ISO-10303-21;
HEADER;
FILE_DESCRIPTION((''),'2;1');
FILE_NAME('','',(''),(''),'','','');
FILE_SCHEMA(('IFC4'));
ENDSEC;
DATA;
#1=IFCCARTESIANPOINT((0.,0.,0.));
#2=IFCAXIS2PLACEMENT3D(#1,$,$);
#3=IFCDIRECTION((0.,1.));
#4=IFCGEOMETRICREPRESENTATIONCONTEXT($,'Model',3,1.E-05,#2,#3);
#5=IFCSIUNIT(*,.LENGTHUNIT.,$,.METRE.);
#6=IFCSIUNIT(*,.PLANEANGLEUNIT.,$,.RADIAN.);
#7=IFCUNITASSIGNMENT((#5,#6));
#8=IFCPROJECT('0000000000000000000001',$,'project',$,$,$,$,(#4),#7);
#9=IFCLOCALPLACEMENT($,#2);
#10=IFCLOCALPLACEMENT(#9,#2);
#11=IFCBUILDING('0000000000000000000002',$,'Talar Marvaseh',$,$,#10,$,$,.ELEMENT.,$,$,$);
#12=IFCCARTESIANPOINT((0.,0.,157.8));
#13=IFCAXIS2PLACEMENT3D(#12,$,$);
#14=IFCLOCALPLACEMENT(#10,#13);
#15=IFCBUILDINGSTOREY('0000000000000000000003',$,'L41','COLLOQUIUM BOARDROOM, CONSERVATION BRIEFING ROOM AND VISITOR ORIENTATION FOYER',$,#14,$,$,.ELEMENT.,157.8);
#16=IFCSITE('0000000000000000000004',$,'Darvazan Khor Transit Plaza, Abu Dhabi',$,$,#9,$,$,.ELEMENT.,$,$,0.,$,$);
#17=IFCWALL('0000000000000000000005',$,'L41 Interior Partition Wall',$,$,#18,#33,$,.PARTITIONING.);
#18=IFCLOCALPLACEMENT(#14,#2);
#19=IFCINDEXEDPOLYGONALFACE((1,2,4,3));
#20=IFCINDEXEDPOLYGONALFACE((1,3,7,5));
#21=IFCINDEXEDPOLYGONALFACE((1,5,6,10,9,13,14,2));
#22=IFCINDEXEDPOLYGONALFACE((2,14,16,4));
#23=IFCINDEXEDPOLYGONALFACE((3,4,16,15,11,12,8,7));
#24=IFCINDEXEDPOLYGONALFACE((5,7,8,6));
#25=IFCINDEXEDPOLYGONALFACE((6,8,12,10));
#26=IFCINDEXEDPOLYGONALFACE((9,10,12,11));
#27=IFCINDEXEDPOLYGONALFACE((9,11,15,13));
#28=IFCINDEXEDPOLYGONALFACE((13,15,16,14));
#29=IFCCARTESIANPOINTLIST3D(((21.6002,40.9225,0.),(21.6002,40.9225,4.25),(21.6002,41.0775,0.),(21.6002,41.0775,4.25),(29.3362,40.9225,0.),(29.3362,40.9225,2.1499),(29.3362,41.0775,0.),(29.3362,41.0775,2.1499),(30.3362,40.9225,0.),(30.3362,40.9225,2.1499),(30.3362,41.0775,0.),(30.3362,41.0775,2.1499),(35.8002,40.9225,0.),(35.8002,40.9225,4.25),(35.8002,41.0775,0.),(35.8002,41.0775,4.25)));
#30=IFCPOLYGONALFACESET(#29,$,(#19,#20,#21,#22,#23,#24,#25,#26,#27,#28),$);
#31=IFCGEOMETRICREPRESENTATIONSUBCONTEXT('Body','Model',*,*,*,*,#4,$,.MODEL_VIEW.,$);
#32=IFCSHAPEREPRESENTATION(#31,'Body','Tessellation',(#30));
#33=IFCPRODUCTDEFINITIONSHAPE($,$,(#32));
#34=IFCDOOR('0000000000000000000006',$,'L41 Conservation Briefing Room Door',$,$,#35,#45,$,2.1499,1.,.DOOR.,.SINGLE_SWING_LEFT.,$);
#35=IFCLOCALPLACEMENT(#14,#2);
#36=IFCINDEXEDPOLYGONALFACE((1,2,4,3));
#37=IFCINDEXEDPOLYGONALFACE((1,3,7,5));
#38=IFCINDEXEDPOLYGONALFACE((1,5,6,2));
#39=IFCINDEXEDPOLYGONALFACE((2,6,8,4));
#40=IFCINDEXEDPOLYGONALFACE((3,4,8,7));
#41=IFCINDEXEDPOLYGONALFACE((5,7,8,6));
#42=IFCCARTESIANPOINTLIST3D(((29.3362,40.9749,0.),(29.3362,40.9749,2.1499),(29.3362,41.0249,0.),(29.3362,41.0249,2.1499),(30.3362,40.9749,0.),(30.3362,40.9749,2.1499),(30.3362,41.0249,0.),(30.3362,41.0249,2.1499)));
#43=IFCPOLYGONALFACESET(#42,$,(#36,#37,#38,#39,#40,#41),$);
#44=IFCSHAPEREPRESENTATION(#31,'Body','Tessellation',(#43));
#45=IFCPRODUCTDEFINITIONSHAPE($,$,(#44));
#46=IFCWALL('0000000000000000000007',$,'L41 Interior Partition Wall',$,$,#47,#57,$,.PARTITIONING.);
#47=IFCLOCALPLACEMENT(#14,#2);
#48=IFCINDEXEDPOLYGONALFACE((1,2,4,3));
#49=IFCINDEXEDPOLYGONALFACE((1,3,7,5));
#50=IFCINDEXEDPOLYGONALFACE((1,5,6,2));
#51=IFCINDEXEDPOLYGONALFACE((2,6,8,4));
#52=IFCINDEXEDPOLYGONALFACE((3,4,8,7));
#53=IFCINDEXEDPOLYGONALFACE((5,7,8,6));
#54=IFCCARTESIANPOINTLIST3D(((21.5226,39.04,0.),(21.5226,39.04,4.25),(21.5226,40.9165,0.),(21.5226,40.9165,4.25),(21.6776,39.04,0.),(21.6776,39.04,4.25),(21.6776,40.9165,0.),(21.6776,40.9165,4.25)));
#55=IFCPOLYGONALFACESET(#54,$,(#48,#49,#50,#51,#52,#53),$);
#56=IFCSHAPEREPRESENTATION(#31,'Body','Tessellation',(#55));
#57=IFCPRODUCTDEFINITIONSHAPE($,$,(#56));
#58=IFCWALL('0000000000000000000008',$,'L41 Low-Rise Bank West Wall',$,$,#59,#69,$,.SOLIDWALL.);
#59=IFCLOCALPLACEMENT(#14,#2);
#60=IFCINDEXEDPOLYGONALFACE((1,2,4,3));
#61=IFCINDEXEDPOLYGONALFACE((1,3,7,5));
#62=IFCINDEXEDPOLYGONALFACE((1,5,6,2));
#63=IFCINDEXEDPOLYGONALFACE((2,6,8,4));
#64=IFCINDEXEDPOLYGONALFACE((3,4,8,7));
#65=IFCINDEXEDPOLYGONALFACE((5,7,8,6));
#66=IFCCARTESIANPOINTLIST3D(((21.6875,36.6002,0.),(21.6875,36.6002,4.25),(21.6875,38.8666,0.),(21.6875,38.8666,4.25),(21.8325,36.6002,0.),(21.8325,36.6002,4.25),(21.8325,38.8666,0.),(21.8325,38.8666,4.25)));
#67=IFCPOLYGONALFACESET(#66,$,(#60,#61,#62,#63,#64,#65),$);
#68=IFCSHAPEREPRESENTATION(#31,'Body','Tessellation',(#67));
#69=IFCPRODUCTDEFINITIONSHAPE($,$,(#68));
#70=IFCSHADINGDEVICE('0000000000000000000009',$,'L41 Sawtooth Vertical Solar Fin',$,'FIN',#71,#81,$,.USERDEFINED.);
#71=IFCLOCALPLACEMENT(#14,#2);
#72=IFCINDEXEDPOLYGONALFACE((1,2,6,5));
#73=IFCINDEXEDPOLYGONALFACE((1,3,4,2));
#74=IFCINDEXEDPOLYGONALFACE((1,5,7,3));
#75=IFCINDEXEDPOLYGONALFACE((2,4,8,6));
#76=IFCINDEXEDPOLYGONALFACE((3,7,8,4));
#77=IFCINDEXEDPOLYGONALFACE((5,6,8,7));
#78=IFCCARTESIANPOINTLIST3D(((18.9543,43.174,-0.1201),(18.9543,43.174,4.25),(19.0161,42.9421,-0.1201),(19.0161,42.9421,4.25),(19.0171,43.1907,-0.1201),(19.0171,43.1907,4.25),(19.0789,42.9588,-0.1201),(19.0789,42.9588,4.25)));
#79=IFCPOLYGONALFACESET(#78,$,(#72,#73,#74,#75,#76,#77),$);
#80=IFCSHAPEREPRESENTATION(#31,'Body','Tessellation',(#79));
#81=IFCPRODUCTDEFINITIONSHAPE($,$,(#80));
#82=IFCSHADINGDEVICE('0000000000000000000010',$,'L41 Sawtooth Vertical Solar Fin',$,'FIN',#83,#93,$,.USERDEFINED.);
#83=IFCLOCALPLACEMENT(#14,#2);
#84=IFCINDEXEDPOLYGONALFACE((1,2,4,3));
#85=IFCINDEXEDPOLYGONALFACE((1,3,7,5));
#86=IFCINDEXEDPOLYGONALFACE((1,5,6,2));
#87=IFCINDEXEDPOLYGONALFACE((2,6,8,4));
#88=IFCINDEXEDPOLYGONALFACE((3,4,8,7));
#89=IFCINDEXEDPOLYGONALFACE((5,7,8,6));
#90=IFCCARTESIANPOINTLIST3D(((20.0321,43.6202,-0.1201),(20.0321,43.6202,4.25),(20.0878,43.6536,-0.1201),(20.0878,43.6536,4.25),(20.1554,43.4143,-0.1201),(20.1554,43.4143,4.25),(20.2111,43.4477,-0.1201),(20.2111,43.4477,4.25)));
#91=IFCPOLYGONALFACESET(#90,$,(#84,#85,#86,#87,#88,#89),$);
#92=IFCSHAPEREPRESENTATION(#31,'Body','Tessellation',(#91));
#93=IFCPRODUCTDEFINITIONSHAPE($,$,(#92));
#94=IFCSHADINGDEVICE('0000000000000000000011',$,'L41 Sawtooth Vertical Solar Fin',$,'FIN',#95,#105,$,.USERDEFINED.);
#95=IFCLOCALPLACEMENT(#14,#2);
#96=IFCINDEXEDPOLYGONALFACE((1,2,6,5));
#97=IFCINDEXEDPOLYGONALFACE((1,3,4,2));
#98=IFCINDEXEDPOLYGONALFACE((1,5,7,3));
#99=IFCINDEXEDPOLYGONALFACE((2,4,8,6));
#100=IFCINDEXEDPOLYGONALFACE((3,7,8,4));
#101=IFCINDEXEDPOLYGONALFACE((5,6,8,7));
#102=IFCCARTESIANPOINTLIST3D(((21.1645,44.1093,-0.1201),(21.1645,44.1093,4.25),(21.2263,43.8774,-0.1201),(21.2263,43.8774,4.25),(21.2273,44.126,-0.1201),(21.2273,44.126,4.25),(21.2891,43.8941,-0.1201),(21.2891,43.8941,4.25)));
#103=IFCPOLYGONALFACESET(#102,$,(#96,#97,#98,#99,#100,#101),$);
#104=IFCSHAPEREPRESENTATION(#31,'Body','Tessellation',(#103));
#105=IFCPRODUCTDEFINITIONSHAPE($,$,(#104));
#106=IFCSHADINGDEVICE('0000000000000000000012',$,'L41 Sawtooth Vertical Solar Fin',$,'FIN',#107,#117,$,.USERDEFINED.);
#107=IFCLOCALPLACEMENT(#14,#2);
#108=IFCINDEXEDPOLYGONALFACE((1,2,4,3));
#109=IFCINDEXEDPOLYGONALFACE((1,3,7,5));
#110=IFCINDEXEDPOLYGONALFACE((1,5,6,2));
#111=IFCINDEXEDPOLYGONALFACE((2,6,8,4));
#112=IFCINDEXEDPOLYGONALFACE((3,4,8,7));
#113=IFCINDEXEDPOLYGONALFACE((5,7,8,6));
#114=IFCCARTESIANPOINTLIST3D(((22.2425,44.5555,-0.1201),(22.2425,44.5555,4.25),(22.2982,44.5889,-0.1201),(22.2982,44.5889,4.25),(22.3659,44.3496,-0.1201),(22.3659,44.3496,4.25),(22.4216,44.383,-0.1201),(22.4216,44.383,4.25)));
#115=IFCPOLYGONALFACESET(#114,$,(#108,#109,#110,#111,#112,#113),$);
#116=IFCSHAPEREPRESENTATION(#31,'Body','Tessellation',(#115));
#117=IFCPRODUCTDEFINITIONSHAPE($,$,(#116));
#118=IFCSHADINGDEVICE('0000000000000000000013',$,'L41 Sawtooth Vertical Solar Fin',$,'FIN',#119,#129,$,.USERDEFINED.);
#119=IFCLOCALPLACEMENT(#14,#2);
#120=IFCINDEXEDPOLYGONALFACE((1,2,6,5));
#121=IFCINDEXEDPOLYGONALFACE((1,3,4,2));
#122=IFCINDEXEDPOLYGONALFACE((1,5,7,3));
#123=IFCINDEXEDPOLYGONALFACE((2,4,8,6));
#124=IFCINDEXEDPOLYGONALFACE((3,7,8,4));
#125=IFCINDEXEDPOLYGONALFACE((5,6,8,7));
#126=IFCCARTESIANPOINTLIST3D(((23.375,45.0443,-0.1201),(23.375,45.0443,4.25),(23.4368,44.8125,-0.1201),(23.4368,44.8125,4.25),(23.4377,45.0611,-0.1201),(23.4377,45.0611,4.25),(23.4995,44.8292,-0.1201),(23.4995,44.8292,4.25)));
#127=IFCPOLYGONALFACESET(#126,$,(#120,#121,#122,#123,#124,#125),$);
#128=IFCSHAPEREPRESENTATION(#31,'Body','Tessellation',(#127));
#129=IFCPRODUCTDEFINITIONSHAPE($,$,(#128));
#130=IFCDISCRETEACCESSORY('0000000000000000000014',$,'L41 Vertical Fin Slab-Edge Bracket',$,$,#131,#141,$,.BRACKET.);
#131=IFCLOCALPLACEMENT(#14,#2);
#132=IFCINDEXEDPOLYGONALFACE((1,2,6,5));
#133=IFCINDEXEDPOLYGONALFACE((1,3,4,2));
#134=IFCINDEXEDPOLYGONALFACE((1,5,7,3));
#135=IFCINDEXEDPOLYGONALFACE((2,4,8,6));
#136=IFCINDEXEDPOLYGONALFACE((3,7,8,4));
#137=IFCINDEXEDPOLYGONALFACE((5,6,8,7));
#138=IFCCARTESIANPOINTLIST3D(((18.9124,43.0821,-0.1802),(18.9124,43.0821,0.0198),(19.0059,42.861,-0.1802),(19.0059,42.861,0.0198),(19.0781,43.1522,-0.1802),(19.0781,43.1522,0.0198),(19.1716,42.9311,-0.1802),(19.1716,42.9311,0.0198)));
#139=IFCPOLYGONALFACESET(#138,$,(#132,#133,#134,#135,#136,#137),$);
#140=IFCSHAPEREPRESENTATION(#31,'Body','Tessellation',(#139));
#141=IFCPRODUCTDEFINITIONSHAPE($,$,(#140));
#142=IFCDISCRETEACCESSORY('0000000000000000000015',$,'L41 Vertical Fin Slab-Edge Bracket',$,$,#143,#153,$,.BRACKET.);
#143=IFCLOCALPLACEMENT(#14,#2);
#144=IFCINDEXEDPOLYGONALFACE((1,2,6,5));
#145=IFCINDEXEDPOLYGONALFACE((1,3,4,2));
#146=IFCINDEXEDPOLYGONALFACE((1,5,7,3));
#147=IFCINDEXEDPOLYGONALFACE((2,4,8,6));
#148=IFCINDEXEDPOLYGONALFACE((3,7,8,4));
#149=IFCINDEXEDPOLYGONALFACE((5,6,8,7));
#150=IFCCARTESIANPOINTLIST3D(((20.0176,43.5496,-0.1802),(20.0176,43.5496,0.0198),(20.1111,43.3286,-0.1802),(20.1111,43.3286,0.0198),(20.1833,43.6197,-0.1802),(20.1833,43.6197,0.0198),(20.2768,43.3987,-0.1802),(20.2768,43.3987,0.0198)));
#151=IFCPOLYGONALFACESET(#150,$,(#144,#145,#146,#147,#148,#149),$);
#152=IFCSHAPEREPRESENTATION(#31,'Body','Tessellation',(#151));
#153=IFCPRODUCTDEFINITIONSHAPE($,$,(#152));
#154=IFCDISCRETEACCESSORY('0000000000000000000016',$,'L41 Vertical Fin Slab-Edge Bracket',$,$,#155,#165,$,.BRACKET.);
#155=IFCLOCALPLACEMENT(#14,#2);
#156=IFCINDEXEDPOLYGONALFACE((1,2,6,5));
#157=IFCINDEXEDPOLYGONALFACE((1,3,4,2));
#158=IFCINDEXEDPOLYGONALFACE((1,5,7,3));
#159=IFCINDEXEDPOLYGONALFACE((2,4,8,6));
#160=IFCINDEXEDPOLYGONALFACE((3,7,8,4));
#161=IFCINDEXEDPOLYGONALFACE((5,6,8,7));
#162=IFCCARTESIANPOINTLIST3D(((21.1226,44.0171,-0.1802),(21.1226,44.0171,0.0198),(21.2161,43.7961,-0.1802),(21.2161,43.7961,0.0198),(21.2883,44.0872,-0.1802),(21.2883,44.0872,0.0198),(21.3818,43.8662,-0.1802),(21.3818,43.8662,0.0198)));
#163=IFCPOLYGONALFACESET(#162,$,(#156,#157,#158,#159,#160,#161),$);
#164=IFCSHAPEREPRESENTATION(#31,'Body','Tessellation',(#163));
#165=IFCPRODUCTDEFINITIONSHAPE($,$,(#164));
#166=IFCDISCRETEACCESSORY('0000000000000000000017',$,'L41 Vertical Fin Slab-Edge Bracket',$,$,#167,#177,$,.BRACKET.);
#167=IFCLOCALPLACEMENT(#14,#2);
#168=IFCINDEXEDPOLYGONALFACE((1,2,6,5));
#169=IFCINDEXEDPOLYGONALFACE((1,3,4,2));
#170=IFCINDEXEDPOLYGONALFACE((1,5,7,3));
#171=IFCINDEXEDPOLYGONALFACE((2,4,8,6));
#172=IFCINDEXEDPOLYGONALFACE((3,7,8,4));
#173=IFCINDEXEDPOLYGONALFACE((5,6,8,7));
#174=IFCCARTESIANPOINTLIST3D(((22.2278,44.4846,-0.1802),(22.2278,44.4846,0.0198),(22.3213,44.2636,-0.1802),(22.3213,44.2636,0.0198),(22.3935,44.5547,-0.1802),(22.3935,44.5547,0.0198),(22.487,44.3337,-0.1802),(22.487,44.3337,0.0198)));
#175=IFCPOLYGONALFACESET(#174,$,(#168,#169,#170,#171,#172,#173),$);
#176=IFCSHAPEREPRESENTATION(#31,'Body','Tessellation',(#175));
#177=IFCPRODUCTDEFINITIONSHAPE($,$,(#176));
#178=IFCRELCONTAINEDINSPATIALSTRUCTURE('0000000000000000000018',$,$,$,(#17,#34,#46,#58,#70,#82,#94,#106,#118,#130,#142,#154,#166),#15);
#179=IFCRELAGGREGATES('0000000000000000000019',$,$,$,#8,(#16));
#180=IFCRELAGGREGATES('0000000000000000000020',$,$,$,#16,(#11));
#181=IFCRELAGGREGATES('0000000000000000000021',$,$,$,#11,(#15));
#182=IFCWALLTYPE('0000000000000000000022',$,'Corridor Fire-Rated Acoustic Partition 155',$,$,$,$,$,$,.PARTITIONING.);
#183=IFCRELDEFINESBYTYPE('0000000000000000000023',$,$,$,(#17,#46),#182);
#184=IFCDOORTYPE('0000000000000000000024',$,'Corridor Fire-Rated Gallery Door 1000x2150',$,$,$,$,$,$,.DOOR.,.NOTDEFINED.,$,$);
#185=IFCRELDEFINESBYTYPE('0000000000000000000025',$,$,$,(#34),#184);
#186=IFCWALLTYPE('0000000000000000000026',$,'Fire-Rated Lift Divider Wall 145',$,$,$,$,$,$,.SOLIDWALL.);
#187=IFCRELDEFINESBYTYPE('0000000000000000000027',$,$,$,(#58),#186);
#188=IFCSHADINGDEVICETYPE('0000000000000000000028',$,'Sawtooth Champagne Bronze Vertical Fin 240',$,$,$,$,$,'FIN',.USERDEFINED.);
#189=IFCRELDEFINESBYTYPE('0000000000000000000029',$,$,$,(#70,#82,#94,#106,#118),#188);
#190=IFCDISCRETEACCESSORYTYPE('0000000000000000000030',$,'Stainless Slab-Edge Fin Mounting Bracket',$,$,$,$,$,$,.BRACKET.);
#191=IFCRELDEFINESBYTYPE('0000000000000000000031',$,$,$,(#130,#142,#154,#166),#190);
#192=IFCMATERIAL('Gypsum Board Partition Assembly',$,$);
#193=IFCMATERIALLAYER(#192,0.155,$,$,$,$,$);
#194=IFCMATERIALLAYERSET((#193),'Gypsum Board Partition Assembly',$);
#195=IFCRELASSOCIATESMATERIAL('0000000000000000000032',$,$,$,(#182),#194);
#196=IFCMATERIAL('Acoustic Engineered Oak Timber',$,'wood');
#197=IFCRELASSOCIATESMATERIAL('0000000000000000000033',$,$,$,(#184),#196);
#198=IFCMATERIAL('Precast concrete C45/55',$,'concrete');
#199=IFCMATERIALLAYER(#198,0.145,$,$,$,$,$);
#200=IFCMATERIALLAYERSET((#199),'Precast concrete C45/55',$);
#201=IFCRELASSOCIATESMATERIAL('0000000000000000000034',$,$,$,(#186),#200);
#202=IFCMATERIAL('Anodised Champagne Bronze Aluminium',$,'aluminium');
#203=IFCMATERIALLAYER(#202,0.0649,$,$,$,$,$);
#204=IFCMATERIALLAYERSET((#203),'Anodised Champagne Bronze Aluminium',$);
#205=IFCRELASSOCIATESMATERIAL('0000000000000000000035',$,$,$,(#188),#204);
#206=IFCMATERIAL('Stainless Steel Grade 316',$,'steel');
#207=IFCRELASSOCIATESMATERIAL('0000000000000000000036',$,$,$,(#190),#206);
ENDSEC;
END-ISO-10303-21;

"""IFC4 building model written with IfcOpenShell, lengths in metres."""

from ifc_helpers import new_model, si_unit, direction, frame, frame_2d, origin, origin_2d, place, context, subcontext, project, spatial, rectangle, extrude, source, transform, mapped, material, layer, layer_set, type_object, type_shapes, element, fill, save


model = new_model("IFC4")

# Units and contexts
model_context = context("Model", 3, precision=1e-05, world=origin(), true_north=direction((0.0, 1.0)))
body_context = subcontext(model_context, "Body", "Model", "MODEL_VIEW")
ifc_project = project(units=[si_unit("LENGTHUNIT", "METRE"), si_unit("PLANEANGLEUNIT", "RADIAN")], contexts=[model_context])

# Site, building, storey
site_placement = place(None, origin())
site = spatial("IfcSite", under=ifc_project, at=site_placement, Name="Darvazan Khor Transit Plaza, Abu Dhabi", CompositionType="ELEMENT", RefElevation=0.0)
building_placement = place(site_placement, origin())
building = spatial("IfcBuilding", under=site, at=building_placement, Name="Talar Marvaseh", CompositionType="ELEMENT")
storey_placement = place(building_placement, frame((0.0, 0.0, 157.8)))
storey = spatial("IfcBuildingStorey", under=building, at=storey_placement, Name="L41", Description="COLLOQUIUM BOARDROOM, CONSERVATION BRIEFING ROOM AND VISITOR ORIENTATION FOYER", CompositionType="ELEMENT", Elevation=157.8)

# Wall, opening, door
ifc_material_1 = material(Name="Gypsum Board Partition Assembly")
ifc_layer_1 = layer(ifc_material_1, 0.155)
ifc_layer_set_1 = layer_set([ifc_layer_1], Name="Gypsum Board Partition Assembly")
wall_type_1 = type_object("IfcWallType", Name="Corridor Fire-Rated Acoustic Partition 155", PredefinedType="PARTITIONING", material=ifc_layer_set_1)
wall_1_placement = place(storey_placement, frame((21.6001, 41.0, 0.0), z_axis=(0.0, 0.0, 1.0), x_axis=(1.0, 0.0, 0.0)))
wall_1 = element("IfcWall", 1, at=wall_1_placement, inside=storey, type_object=wall_type_1, Name="L41 Interior Partition Wall", PredefinedType="PARTITIONING", context=body_context, shape_type="SweptSolid", body=[
    extrude(rectangle(XDim=14.2, YDim=0.155, at=frame_2d((7.1001, 0.0))), origin(), (0.0, 0.0, 1.0), 4.25),
])
opening_1_placement = place(wall_1_placement, frame((7.7361, 0.0, 0.0)))
opening_1 = element("IfcOpeningElement", 2, at=opening_1_placement, cuts=wall_1, PredefinedType="OPENING", context=body_context, shape_type="SweptSolid", body=[
    extrude(rectangle(XDim=1.0, YDim=2.1499, at=frame_2d((0.5, 1.075))), frame((0.0, 0.0874, 0.0), z_axis=(0.0, -1.0, 0.0), x_axis=(1.0, 0.0, 0.0)), (0.0, 0.0, 1.0), 0.175),
])
ifc_material_2 = material(Name="Acoustic Engineered Oak Timber", Category="wood")
door_type_1 = type_object("IfcDoorType", Name="Corridor Fire-Rated Gallery Door 1000x2150", OperationType="NOTDEFINED", PredefinedType="DOOR", material=ifc_material_2)
shared_shape_1 = source(origin(), body_context, "Body", "SweptSolid", [
    extrude(rectangle(XDim=1.0, YDim=2.1499, at=frame_2d((0.5, 1.075))), frame((0.0, 0.0249, 0.0), z_axis=(0.0, -1.0, 0.0), x_axis=(1.0, 0.0, 0.0)), (0.0, 0.0, 1.0), 0.05),
])
type_shapes(door_type_1, [shared_shape_1])
door_1_placement = place(opening_1_placement, origin())
door_1 = element("IfcDoor", 3, at=door_1_placement, inside=storey, type_object=door_type_1, Name="L41 Conservation Briefing Room Door", OperationType="SINGLE_SWING_LEFT", OverallHeight=2.1499, OverallWidth=1.0, PredefinedType="DOOR", context=body_context, shape_type="MappedRepresentation", body=[
    mapped(shared_shape_1, transform((0.0, 0.0, 0.0), x_axis=(1.0, 0.0, 0.0), y_axis=(0.0, 1.0, 0.0), z_axis=(0.0, 0.0, 1.0), scale=1.0)),
])
fill(opening_1, door_1)

# Walls
wall_2_placement = place(storey_placement, frame((21.6001, 39.04, 0.0), z_axis=(0.0, 0.0, 1.0), x_axis=(0.0, 1.0, 0.0)))
element("IfcWall", 4, at=wall_2_placement, inside=storey, type_object=wall_type_1, Name="L41 Interior Partition Wall", PredefinedType="PARTITIONING", context=body_context, shape_type="SweptSolid", body=[
    extrude(rectangle(XDim=1.8765, YDim=0.155, at=frame_2d((0.9382, 0.0))), origin(), (0.0, 0.0, 1.0), 4.25),
])
ifc_material_3 = material(Name="Precast concrete C45/55", Category="concrete")
ifc_layer_2 = layer(ifc_material_3, 0.145)
ifc_layer_set_2 = layer_set([ifc_layer_2], Name="Precast concrete C45/55")
wall_type_2 = type_object("IfcWallType", Name="Fire-Rated Lift Divider Wall 145", PredefinedType="SOLIDWALL", material=ifc_layer_set_2)
wall_3_placement = place(storey_placement, frame((21.76, 36.6001, 0.0), z_axis=(0.0, 0.0, 1.0), x_axis=(0.0, 1.0, 0.0)))
element("IfcWall", 5, at=wall_3_placement, inside=storey, type_object=wall_type_2, Name="L41 Low-Rise Bank West Wall", PredefinedType="SOLIDWALL", context=body_context, shape_type="SweptSolid", body=[
    extrude(rectangle(XDim=2.2664, YDim=0.145, at=frame_2d((1.1333, 0.0))), origin(), (0.0, 0.0, 1.0), 4.25),
])

# Shared definitions
ifc_material_4 = material(Name="Stainless Steel Grade 316", Category="steel")

# Shading devices
ifc_material_5 = material(Name="Anodised Champagne Bronze Aluminium", Category="aluminium")
ifc_layer_3 = layer(ifc_material_5, 0.0649)
ifc_layer_set_3 = layer_set([ifc_layer_3], Name="Anodised Champagne Bronze Aluminium")
shading_device_type = type_object("IfcShadingDeviceType", Name="Sawtooth Champagne Bronze Vertical Fin 240", ElementType="FIN", PredefinedType="USERDEFINED", material=ifc_layer_set_3)
shared_shape_2 = source(origin(), body_context, "Body", "SweptSolid", [
    extrude(rectangle(XDim=0.24, YDim=0.0649, at=origin_2d()), origin(), (0.0, 0.0, 1.0), 4.3701),
])
type_shapes(shading_device_type, [shared_shape_2])
for number, where, z_axis, x_axis, name in (
    (6, (19.0166, 43.0664, -0.1201), (0.0, 0.0, 1.0), (-0.257639, 0.966241, 0.0), "L41 Sawtooth Vertical Solar Fin"),
    (7, (20.1216, 43.5339, -0.1201), (0.0, 0.0, 1.0), (-0.51399, 0.857796, 0.0), "L41 Sawtooth Vertical Solar Fin"),
    (8, (21.2268, 44.0017, -0.1201), (0.0, 0.0, 1.0), (-0.257639, 0.966241, 0.0), "L41 Sawtooth Vertical Solar Fin"),
    (9, (22.332, 44.4692, -0.1201), (0.0, 0.0, 1.0), (-0.51399, 0.857796, 0.0), "L41 Sawtooth Vertical Solar Fin"),
    (10, (23.4373, 44.9368, -0.1201), (0.0, 0.0, 1.0), (-0.257639, 0.966241, 0.0), "L41 Sawtooth Vertical Solar Fin"),
):
    element("IfcShadingDevice", number, at=place(storey_placement, frame(where, z_axis=z_axis, x_axis=x_axis)), inside=storey, type_object=shading_device_type, Name=name, ObjectType="FIN", PredefinedType="USERDEFINED", context=body_context, shape_type="MappedRepresentation", body=[
        mapped(shared_shape_2, transform((0.0, 0.0, 0.0), x_axis=(1.0, 0.0, 0.0), y_axis=(0.0, 1.0, 0.0), z_axis=(0.0, 0.0, 1.0), scale=1.0)),
    ])

# Discrete accessories
discrete_accessory_type = type_object("IfcDiscreteAccessoryType", Name="Stainless Slab-Edge Fin Mounting Bracket", PredefinedType="BRACKET", material=ifc_material_4)
shared_shape_3 = source(origin(), body_context, "Body", "SweptSolid", [
    extrude(rectangle(XDim=0.24, YDim=0.1799, at=origin_2d()), origin(), (0.0, 0.0, 1.0), 0.2),
])
type_shapes(discrete_accessory_type, [shared_shape_3])
for number, where, z_axis, x_axis, name in (
    (11, (19.042, 43.0066, -0.1802), (0.0, 0.0, 1.0), (-0.389606, 0.920982, 0.0), "L41 Vertical Fin Slab-Edge Bracket"),
    (12, (20.1472, 43.4741, -0.1802), (0.0, 0.0, 1.0), (-0.389606, 0.920982, 0.0), "L41 Vertical Fin Slab-Edge Bracket"),
    (13, (21.2522, 43.9417, -0.1802), (0.0, 0.0, 1.0), (-0.389606, 0.920982, 0.0), "L41 Vertical Fin Slab-Edge Bracket"),
    (14, (22.3574, 44.4092, -0.1802), (0.0, 0.0, 1.0), (-0.389606, 0.920982, 0.0), "L41 Vertical Fin Slab-Edge Bracket"),
):
    element("IfcDiscreteAccessory", number, at=place(storey_placement, frame(where, z_axis=z_axis, x_axis=x_axis)), inside=storey, type_object=discrete_accessory_type, Name=name, PredefinedType="BRACKET", context=body_context, shape_type="MappedRepresentation", body=[
        mapped(shared_shape_3, transform((0.0, 0.0, 0.0), x_axis=(1.0, 0.0, 0.0), y_axis=(0.0, 1.0, 0.0), z_axis=(0.0, 0.0, 1.0), scale=1.0)),
    ])

save(model, "model.ifc")
